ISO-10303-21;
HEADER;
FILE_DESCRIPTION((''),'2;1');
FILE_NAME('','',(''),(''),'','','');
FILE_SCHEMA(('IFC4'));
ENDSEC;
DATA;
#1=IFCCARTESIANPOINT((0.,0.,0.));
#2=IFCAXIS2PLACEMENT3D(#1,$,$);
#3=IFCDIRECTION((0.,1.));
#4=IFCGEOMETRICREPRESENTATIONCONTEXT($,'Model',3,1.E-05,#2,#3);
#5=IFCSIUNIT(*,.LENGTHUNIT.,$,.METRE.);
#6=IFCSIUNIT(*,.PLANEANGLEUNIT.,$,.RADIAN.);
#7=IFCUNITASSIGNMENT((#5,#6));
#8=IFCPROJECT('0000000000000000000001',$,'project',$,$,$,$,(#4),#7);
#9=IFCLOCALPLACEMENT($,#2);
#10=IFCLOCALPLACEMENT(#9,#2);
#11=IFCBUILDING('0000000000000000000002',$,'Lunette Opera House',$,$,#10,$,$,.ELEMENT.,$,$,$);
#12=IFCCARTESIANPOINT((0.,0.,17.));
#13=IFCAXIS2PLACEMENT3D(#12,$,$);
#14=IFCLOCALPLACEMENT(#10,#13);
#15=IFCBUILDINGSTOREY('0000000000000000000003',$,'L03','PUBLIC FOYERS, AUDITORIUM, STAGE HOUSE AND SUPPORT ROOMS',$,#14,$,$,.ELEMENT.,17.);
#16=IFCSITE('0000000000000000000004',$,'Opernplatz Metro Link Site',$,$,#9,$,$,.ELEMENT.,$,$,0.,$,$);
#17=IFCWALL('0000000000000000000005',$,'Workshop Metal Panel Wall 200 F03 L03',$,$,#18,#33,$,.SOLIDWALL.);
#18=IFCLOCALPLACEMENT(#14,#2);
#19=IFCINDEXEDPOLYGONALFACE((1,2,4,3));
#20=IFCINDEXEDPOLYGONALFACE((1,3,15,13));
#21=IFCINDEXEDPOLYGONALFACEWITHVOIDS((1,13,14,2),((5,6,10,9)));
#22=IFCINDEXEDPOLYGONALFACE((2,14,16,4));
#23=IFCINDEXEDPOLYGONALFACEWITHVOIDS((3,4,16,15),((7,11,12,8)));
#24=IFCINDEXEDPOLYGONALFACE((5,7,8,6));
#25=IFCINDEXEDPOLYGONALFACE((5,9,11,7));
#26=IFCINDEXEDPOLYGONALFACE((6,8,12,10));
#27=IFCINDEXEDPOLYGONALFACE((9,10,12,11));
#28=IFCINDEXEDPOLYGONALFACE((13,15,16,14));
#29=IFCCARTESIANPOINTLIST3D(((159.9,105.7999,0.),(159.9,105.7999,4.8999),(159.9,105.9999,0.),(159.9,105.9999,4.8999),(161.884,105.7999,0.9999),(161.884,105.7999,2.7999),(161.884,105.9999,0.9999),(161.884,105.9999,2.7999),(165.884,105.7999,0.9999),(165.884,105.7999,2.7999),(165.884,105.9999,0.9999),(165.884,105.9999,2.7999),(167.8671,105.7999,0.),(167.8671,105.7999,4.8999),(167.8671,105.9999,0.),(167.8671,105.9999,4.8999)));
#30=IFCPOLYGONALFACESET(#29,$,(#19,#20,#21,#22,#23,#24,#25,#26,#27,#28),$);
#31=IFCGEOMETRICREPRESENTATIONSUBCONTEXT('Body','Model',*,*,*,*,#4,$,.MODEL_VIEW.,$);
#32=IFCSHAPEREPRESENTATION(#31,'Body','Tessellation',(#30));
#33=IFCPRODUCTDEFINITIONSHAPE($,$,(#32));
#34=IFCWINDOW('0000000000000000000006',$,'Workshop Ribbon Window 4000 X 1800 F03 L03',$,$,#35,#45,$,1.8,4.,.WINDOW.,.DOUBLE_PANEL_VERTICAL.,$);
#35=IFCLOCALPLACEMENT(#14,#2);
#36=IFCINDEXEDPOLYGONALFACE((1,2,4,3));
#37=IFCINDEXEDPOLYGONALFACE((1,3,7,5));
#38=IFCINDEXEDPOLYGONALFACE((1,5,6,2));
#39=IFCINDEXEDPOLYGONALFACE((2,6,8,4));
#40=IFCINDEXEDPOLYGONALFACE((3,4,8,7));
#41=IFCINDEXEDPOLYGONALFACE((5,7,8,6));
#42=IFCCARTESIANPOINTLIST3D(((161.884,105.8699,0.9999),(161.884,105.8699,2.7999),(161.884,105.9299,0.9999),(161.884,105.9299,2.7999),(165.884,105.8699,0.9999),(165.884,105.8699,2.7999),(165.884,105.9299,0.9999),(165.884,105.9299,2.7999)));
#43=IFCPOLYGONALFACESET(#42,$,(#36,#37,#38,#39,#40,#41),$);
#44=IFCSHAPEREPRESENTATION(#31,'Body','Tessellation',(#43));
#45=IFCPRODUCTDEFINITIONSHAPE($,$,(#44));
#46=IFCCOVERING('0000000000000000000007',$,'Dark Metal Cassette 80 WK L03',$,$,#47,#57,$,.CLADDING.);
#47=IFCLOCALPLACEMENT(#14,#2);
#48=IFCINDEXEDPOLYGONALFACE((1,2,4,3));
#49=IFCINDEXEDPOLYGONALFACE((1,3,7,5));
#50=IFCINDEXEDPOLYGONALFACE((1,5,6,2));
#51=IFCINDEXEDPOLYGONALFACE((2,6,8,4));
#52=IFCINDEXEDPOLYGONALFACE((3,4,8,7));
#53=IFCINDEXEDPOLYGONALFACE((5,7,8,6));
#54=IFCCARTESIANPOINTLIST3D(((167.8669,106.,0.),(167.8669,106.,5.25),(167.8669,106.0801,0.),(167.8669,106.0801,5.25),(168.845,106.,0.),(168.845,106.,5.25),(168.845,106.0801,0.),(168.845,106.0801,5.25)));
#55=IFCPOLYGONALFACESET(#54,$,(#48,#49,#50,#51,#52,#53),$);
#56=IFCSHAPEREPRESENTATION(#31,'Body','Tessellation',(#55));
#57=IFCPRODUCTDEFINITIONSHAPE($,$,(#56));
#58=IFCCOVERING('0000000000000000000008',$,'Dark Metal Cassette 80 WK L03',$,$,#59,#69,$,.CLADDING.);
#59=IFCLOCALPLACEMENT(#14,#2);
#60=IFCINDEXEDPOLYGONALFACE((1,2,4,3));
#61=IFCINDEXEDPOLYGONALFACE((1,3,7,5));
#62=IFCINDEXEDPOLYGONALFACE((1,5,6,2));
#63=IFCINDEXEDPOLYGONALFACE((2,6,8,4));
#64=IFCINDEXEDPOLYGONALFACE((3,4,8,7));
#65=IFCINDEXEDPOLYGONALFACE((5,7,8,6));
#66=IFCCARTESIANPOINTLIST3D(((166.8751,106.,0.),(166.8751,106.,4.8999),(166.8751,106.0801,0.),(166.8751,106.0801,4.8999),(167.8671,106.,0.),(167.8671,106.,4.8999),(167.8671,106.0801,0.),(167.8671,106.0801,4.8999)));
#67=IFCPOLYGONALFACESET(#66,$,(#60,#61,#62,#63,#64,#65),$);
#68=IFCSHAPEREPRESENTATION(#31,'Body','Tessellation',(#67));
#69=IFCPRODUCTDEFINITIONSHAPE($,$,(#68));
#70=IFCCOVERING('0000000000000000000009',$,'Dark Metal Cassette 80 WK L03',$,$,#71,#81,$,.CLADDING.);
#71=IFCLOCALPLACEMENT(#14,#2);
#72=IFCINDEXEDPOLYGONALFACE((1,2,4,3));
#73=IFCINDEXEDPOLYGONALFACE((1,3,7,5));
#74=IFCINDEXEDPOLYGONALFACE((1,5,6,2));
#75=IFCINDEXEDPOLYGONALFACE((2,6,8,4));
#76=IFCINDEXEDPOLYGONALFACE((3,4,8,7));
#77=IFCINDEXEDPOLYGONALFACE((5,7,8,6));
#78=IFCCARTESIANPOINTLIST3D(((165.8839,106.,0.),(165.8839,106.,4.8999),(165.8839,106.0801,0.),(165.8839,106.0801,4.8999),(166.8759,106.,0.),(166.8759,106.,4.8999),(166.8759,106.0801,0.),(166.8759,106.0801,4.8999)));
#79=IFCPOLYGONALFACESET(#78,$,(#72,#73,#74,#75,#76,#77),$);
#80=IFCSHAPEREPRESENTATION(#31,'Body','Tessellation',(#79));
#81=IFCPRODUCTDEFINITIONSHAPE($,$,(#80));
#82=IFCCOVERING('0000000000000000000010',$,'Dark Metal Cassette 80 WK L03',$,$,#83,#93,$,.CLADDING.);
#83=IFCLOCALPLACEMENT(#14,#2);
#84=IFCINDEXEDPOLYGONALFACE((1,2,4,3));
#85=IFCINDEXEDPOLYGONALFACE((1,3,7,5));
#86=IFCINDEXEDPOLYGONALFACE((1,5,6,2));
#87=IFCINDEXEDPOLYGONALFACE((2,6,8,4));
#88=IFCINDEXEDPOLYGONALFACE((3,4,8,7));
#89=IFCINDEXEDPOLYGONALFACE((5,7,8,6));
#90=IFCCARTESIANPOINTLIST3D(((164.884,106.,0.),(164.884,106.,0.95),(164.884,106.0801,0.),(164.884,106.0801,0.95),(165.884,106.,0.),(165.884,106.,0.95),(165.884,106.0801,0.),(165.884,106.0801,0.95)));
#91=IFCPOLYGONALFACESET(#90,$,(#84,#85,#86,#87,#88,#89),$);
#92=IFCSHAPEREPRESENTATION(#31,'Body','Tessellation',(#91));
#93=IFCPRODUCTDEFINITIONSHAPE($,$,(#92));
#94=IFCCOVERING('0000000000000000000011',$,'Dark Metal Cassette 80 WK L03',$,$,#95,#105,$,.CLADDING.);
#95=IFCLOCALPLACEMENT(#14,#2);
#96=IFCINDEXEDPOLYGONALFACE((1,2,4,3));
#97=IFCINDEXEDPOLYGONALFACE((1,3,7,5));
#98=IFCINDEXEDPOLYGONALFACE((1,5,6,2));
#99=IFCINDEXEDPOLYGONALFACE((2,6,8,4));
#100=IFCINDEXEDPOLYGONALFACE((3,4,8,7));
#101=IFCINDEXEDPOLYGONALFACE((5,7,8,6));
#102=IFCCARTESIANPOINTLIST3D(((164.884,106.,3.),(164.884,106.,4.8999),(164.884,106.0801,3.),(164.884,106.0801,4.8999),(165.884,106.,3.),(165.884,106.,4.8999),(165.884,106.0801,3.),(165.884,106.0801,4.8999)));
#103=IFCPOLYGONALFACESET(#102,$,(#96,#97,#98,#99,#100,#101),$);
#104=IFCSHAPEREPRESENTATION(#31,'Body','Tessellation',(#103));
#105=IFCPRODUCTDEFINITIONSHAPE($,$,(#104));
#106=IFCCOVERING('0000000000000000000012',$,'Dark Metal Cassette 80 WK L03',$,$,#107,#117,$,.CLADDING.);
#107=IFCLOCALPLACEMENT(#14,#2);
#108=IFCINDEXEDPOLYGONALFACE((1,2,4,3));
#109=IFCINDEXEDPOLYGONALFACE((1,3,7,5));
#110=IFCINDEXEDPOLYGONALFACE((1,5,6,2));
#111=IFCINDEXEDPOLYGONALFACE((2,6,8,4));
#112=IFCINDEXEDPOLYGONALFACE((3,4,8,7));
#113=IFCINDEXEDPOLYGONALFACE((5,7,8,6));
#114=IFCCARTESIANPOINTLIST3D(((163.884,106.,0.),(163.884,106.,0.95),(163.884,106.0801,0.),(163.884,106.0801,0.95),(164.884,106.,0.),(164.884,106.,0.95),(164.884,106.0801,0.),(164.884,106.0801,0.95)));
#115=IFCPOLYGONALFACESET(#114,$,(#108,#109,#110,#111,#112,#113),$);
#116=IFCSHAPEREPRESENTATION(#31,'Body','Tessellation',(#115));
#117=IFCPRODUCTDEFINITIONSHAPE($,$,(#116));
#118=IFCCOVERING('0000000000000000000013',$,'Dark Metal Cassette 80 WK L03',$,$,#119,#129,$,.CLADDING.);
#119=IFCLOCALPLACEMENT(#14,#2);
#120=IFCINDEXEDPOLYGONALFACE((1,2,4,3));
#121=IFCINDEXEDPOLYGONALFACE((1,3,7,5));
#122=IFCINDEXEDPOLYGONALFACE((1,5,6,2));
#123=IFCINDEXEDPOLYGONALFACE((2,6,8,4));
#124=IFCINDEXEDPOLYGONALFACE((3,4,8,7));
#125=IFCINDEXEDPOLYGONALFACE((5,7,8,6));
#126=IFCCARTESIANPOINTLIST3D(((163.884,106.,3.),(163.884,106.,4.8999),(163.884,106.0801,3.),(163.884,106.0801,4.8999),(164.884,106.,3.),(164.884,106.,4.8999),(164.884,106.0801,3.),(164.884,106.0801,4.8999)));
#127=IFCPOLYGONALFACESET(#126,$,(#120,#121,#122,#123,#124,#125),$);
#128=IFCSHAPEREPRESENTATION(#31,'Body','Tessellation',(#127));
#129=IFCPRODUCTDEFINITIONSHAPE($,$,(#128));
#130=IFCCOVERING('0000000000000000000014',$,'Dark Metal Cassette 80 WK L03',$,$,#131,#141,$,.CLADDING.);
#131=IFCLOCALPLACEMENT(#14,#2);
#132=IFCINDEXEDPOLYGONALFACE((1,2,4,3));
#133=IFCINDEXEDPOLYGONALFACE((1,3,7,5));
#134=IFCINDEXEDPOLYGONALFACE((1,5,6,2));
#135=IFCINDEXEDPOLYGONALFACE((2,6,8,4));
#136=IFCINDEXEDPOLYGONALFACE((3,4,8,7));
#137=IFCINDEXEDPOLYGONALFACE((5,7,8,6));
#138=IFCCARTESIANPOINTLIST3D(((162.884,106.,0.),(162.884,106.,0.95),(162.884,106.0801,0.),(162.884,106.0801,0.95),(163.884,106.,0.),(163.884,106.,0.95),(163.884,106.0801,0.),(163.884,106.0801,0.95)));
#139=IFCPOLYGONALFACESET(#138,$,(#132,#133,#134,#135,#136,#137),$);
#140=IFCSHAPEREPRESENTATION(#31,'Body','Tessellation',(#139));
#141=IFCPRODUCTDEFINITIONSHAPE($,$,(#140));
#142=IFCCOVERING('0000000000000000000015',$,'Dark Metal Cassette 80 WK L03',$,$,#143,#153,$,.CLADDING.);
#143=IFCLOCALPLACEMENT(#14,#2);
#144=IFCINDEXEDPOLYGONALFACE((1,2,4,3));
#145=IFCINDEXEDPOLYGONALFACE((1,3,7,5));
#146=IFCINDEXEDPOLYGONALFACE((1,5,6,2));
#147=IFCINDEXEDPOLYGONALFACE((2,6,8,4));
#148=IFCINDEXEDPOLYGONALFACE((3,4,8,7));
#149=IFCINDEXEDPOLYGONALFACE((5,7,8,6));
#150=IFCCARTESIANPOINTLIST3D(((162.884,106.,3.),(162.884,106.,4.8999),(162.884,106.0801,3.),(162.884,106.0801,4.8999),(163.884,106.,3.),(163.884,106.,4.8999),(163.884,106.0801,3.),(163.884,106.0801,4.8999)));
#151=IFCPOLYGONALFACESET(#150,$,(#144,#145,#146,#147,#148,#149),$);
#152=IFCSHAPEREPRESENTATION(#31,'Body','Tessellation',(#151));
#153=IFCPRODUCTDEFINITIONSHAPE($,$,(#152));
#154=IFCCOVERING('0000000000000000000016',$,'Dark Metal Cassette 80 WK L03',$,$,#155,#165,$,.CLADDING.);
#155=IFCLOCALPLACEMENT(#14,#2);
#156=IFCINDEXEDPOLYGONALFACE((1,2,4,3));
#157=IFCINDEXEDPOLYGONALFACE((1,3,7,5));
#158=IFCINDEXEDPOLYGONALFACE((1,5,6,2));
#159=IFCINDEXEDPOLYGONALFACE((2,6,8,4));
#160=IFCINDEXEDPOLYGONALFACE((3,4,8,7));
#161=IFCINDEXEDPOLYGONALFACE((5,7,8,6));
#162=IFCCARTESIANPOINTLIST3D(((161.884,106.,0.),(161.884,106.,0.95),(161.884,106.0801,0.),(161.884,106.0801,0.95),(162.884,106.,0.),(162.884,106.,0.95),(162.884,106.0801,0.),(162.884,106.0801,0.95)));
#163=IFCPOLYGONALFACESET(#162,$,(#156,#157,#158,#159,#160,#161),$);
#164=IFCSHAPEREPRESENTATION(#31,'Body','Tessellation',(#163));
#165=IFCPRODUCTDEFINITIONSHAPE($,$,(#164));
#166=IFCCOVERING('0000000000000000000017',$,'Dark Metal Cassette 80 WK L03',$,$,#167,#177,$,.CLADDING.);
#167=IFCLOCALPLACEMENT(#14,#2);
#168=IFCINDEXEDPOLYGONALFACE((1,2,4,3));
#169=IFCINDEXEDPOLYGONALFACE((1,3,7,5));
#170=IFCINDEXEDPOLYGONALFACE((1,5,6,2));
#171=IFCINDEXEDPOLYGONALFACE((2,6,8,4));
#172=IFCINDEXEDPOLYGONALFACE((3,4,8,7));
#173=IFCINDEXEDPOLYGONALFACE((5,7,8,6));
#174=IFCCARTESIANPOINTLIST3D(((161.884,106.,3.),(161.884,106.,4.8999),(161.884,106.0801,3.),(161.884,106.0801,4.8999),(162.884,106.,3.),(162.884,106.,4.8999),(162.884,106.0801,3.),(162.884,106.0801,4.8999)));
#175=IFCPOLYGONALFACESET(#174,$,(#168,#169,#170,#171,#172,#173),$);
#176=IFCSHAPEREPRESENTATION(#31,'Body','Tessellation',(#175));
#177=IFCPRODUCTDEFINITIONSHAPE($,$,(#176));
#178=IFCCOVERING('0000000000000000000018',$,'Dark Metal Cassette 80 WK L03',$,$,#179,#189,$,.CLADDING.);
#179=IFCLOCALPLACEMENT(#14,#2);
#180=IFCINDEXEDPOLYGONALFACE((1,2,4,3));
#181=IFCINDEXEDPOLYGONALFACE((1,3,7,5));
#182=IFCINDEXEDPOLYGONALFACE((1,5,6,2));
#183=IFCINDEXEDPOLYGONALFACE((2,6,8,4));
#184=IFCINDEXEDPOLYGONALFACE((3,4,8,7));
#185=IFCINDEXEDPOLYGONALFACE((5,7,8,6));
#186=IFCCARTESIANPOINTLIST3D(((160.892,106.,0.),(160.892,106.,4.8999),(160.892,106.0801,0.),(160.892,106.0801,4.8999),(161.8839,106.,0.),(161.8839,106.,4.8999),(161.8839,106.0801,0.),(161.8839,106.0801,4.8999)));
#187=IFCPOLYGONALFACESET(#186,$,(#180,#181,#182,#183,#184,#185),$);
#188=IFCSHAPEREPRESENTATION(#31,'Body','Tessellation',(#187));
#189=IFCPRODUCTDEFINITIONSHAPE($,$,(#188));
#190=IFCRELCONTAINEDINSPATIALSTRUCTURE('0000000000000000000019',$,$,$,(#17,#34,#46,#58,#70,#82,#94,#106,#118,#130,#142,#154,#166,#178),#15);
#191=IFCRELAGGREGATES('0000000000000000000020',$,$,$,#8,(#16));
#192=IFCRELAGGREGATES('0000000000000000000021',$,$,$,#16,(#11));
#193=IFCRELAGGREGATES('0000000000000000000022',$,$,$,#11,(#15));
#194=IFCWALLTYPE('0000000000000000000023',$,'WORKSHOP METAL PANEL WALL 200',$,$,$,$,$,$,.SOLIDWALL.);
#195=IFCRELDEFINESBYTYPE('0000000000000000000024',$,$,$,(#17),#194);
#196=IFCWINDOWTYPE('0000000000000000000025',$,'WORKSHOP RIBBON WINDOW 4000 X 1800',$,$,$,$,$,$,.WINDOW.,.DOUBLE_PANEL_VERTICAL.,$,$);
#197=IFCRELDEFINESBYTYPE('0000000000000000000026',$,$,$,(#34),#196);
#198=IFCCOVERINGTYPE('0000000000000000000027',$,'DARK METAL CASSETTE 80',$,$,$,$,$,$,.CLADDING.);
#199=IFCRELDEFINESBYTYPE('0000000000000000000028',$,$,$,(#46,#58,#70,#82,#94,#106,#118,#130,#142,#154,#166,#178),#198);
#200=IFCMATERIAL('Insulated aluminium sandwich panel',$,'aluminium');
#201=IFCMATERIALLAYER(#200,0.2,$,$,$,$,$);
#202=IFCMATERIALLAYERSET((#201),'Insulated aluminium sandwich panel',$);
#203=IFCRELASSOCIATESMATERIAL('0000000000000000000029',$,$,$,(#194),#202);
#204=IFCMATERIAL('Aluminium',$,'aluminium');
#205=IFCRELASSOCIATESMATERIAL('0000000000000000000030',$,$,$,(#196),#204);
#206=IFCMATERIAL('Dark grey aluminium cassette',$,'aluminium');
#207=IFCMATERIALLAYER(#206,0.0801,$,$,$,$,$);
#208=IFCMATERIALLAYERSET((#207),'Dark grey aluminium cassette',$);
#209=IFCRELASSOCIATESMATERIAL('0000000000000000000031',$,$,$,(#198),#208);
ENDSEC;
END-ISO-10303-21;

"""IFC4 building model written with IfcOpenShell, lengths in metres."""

from ifc_helpers import new_model, si_unit, direction, frame, frame_2d, origin, origin_2d, place, context, subcontext, project, spatial, rectangle, extrude, material, layer, layer_set, type_object, element, fill, save


model = new_model("IFC4")

# Units and contexts
model_context = context("Model", 3, precision=1e-05, world=origin(), true_north=direction((0.0, 1.0)))
body_context = subcontext(model_context, "Body", "Model", "MODEL_VIEW")
ifc_project = project(units=[si_unit("LENGTHUNIT", "METRE"), si_unit("PLANEANGLEUNIT", "RADIAN")], contexts=[model_context])

# Site, building, storey
site_placement = place(None, origin())
site = spatial("IfcSite", under=ifc_project, at=site_placement, Name="Opernplatz Metro Link Site", CompositionType="ELEMENT", RefElevation=0.0)
building_placement = place(site_placement, origin())
building = spatial("IfcBuilding", under=site, at=building_placement, Name="Lunette Opera House", CompositionType="ELEMENT")
storey_placement = place(building_placement, frame((0.0, 0.0, 17.0)))
storey = spatial("IfcBuildingStorey", under=building, at=storey_placement, Name="L03", Description="PUBLIC FOYERS, AUDITORIUM, STAGE HOUSE AND SUPPORT ROOMS", CompositionType="ELEMENT", Elevation=17.0)

# Wall, opening, window
ifc_material_1 = material(Name="Insulated aluminium sandwich panel", Category="aluminium")
ifc_layer_1 = layer(ifc_material_1, 0.2)
ifc_layer_set_1 = layer_set([ifc_layer_1], Name="Insulated aluminium sandwich panel")
wall_type = type_object("IfcWallType", Name="WORKSHOP METAL PANEL WALL 200", PredefinedType="SOLIDWALL", material=ifc_layer_set_1)
wall_placement = place(storey_placement, frame((167.8669, 105.8999, 0.0), z_axis=(0.0, 0.0, 1.0), x_axis=(-1.0, 0.0, 0.0)))
wall = element("IfcWall", 1, at=wall_placement, inside=storey, type_object=wall_type, Name="Workshop Metal Panel Wall 200 F03 L03", PredefinedType="SOLIDWALL", context=body_context, shape_type="SweptSolid", body=[
    extrude(rectangle(XDim=7.967, YDim=0.2, at=frame_2d((3.9834, 0.0))), origin(), (0.0, 0.0, 1.0), 4.8999),
])
opening_placement = place(wall_placement, frame((1.9829, 0.0, 1.0)))
opening = element("IfcOpeningElement", 2, at=opening_placement, cuts=wall, PredefinedType="OPENING", context=body_context, shape_type="SweptSolid", body=[
    extrude(rectangle(XDim=4.0, YDim=1.8, at=frame_2d((2.0, 0.8999))), frame((0.0, 0.1121, 0.0), z_axis=(0.0, -1.0, 0.0), x_axis=(1.0, 0.0, 0.0)), (0.0, 0.0, 1.0), 0.2239),
])
ifc_material_2 = material(Name="Aluminium", Category="aluminium")
window_type = type_object("IfcWindowType", Name="WORKSHOP RIBBON WINDOW 4000 X 1800", PartitioningType="DOUBLE_PANEL_VERTICAL", PredefinedType="WINDOW", material=ifc_material_2)
window_placement = place(opening_placement, origin())
window = element("IfcWindow", 3, at=window_placement, inside=storey, type_object=window_type, Name="Workshop Ribbon Window 4000 X 1800 F03 L03", OverallHeight=1.8, OverallWidth=4.0, PartitioningType="DOUBLE_PANEL_VERTICAL", PredefinedType="WINDOW", context=body_context, shape_type="SweptSolid", body=[
    extrude(rectangle(XDim=4.0, YDim=1.8, at=frame_2d((2.0, 0.8999))), frame((0.0, 0.03, 0.0), z_axis=(0.0, -1.0, 0.0), x_axis=(1.0, 0.0, 0.0)), (0.0, 0.0, 1.0), 0.0601),
])
fill(opening, window)

# Coverings
ifc_material_3 = material(Name="Dark grey aluminium cassette", Category="aluminium")
ifc_layer_2 = layer(ifc_material_3, 0.0801)
ifc_layer_set_2 = layer_set([ifc_layer_2], Name="Dark grey aluminium cassette")
covering_type = type_object("IfcCoveringType", Name="DARK METAL CASSETTE 80", PredefinedType="CLADDING", material=ifc_layer_set_2)
covering_1_placement = place(storey_placement, frame((168.356, 106.04, 0.0), z_axis=(0.0, 0.0, 1.0), x_axis=(-1.0, 0.0, 0.0)))
element("IfcCovering", 4, at=covering_1_placement, inside=storey, type_object=covering_type, Name="Dark Metal Cassette 80 WK L03", PredefinedType="CLADDING", context=body_context, shape_type="SweptSolid", body=[
    extrude(rectangle(XDim=0.978, YDim=0.0801, at=origin_2d()), origin(), (0.0, 0.0, 1.0), 5.25),
])
for number, where, z_axis, x_axis, name in (
    (5, (167.3711, 106.04, 0.0), (0.0, 0.0, 1.0), (-1.0, 0.0, 0.0), "Dark Metal Cassette 80 WK L03"),
    (6, (166.3799, 106.04, 0.0), (0.0, 0.0, 1.0), (-1.0, 0.0, 0.0), "Dark Metal Cassette 80 WK L03"),
):
    element("IfcCovering", number, at=place(storey_placement, frame(where, z_axis=z_axis, x_axis=x_axis)), inside=storey, type_object=covering_type, Name=name, PredefinedType="CLADDING", context=body_context, shape_type="SweptSolid", body=[
        extrude(rectangle(XDim=0.9919, YDim=0.0801, at=origin_2d()), origin(), (0.0, 0.0, 1.0), 4.8999),
    ])
covering_2_placement = place(storey_placement, frame((165.384, 106.04, 0.0), z_axis=(0.0, 0.0, 1.0), x_axis=(-1.0, 0.0, 0.0)))
element("IfcCovering", 7, at=covering_2_placement, inside=storey, type_object=covering_type, Name="Dark Metal Cassette 80 WK L03", PredefinedType="CLADDING", context=body_context, shape_type="SweptSolid", body=[
    extrude(rectangle(XDim=1.0, YDim=0.0801, at=origin_2d()), origin(), (0.0, 0.0, 1.0), 0.95),
])
covering_3_placement = place(storey_placement, frame((165.384, 106.04, 3.0), z_axis=(0.0, 0.0, 1.0), x_axis=(-1.0, 0.0, 0.0)))
element("IfcCovering", 8, at=covering_3_placement, inside=storey, type_object=covering_type, Name="Dark Metal Cassette 80 WK L03", PredefinedType="CLADDING", context=body_context, shape_type="SweptSolid", body=[
    extrude(rectangle(XDim=1.0, YDim=0.0801, at=origin_2d()), origin(), (0.0, 0.0, 1.0), 1.8999),
])
covering_4_placement = place(storey_placement, frame((164.384, 106.04, 0.0), z_axis=(0.0, 0.0, 1.0), x_axis=(-1.0, 0.0, 0.0)))
element("IfcCovering", 9, at=covering_4_placement, inside=storey, type_object=covering_type, Name="Dark Metal Cassette 80 WK L03", PredefinedType="CLADDING", context=body_context, shape_type="SweptSolid", body=[
    extrude(rectangle(XDim=1.0, YDim=0.0801, at=origin_2d()), origin(), (0.0, 0.0, 1.0), 0.95),
])
covering_5_placement = place(storey_placement, frame((164.384, 106.04, 3.0), z_axis=(0.0, 0.0, 1.0), x_axis=(-1.0, 0.0, 0.0)))
element("IfcCovering", 10, at=covering_5_placement, inside=storey, type_object=covering_type, Name="Dark Metal Cassette 80 WK L03", PredefinedType="CLADDING", context=body_context, shape_type="SweptSolid", body=[
    extrude(rectangle(XDim=1.0, YDim=0.0801, at=origin_2d()), origin(), (0.0, 0.0, 1.0), 1.8999),
])
covering_6_placement = place(storey_placement, frame((163.384, 106.04, 0.0), z_axis=(0.0, 0.0, 1.0), x_axis=(-1.0, 0.0, 0.0)))
element("IfcCovering", 11, at=covering_6_placement, inside=storey, type_object=covering_type, Name="Dark Metal Cassette 80 WK L03", PredefinedType="CLADDING", context=body_context, shape_type="SweptSolid", body=[
    extrude(rectangle(XDim=1.0, YDim=0.0801, at=origin_2d()), origin(), (0.0, 0.0, 1.0), 0.95),
])
covering_7_placement = place(storey_placement, frame((163.384, 106.04, 3.0), z_axis=(0.0, 0.0, 1.0), x_axis=(-1.0, 0.0, 0.0)))
element("IfcCovering", 12, at=covering_7_placement, inside=storey, type_object=covering_type, Name="Dark Metal Cassette 80 WK L03", PredefinedType="CLADDING", context=body_context, shape_type="SweptSolid", body=[
    extrude(rectangle(XDim=1.0, YDim=0.0801, at=origin_2d()), origin(), (0.0, 0.0, 1.0), 1.8999),
])
covering_8_placement = place(storey_placement, frame((162.384, 106.04, 0.0), z_axis=(0.0, 0.0, 1.0), x_axis=(-1.0, 0.0, 0.0)))
element("IfcCovering", 13, at=covering_8_placement, inside=storey, type_object=covering_type, Name="Dark Metal Cassette 80 WK L03", PredefinedType="CLADDING", context=body_context, shape_type="SweptSolid", body=[
    extrude(rectangle(XDim=1.0, YDim=0.0801, at=origin_2d()), origin(), (0.0, 0.0, 1.0), 0.95),
])
covering_9_placement = place(storey_placement, frame((162.384, 106.04, 3.0), z_axis=(0.0, 0.0, 1.0), x_axis=(-1.0, 0.0, 0.0)))
element("IfcCovering", 14, at=covering_9_placement, inside=storey, type_object=covering_type, Name="Dark Metal Cassette 80 WK L03", PredefinedType="CLADDING", context=body_context, shape_type="SweptSolid", body=[
    extrude(rectangle(XDim=1.0, YDim=0.0801, at=origin_2d()), origin(), (0.0, 0.0, 1.0), 1.8999),
])
for number, where, z_axis, x_axis, name in (
    (15, (161.3879, 106.04, 0.0), (0.0, 0.0, 1.0), (-1.0, 0.0, 0.0), "Dark Metal Cassette 80 WK L03"),
):
    element("IfcCovering", number, at=place(storey_placement, frame(where, z_axis=z_axis, x_axis=x_axis)), inside=storey, type_object=covering_type, Name=name, PredefinedType="CLADDING", context=body_context, shape_type="SweptSolid", body=[
        extrude(rectangle(XDim=0.9919, YDim=0.0801, at=origin_2d()), origin(), (0.0, 0.0, 1.0), 4.8999),
    ])

save(model, "model.ifc")
